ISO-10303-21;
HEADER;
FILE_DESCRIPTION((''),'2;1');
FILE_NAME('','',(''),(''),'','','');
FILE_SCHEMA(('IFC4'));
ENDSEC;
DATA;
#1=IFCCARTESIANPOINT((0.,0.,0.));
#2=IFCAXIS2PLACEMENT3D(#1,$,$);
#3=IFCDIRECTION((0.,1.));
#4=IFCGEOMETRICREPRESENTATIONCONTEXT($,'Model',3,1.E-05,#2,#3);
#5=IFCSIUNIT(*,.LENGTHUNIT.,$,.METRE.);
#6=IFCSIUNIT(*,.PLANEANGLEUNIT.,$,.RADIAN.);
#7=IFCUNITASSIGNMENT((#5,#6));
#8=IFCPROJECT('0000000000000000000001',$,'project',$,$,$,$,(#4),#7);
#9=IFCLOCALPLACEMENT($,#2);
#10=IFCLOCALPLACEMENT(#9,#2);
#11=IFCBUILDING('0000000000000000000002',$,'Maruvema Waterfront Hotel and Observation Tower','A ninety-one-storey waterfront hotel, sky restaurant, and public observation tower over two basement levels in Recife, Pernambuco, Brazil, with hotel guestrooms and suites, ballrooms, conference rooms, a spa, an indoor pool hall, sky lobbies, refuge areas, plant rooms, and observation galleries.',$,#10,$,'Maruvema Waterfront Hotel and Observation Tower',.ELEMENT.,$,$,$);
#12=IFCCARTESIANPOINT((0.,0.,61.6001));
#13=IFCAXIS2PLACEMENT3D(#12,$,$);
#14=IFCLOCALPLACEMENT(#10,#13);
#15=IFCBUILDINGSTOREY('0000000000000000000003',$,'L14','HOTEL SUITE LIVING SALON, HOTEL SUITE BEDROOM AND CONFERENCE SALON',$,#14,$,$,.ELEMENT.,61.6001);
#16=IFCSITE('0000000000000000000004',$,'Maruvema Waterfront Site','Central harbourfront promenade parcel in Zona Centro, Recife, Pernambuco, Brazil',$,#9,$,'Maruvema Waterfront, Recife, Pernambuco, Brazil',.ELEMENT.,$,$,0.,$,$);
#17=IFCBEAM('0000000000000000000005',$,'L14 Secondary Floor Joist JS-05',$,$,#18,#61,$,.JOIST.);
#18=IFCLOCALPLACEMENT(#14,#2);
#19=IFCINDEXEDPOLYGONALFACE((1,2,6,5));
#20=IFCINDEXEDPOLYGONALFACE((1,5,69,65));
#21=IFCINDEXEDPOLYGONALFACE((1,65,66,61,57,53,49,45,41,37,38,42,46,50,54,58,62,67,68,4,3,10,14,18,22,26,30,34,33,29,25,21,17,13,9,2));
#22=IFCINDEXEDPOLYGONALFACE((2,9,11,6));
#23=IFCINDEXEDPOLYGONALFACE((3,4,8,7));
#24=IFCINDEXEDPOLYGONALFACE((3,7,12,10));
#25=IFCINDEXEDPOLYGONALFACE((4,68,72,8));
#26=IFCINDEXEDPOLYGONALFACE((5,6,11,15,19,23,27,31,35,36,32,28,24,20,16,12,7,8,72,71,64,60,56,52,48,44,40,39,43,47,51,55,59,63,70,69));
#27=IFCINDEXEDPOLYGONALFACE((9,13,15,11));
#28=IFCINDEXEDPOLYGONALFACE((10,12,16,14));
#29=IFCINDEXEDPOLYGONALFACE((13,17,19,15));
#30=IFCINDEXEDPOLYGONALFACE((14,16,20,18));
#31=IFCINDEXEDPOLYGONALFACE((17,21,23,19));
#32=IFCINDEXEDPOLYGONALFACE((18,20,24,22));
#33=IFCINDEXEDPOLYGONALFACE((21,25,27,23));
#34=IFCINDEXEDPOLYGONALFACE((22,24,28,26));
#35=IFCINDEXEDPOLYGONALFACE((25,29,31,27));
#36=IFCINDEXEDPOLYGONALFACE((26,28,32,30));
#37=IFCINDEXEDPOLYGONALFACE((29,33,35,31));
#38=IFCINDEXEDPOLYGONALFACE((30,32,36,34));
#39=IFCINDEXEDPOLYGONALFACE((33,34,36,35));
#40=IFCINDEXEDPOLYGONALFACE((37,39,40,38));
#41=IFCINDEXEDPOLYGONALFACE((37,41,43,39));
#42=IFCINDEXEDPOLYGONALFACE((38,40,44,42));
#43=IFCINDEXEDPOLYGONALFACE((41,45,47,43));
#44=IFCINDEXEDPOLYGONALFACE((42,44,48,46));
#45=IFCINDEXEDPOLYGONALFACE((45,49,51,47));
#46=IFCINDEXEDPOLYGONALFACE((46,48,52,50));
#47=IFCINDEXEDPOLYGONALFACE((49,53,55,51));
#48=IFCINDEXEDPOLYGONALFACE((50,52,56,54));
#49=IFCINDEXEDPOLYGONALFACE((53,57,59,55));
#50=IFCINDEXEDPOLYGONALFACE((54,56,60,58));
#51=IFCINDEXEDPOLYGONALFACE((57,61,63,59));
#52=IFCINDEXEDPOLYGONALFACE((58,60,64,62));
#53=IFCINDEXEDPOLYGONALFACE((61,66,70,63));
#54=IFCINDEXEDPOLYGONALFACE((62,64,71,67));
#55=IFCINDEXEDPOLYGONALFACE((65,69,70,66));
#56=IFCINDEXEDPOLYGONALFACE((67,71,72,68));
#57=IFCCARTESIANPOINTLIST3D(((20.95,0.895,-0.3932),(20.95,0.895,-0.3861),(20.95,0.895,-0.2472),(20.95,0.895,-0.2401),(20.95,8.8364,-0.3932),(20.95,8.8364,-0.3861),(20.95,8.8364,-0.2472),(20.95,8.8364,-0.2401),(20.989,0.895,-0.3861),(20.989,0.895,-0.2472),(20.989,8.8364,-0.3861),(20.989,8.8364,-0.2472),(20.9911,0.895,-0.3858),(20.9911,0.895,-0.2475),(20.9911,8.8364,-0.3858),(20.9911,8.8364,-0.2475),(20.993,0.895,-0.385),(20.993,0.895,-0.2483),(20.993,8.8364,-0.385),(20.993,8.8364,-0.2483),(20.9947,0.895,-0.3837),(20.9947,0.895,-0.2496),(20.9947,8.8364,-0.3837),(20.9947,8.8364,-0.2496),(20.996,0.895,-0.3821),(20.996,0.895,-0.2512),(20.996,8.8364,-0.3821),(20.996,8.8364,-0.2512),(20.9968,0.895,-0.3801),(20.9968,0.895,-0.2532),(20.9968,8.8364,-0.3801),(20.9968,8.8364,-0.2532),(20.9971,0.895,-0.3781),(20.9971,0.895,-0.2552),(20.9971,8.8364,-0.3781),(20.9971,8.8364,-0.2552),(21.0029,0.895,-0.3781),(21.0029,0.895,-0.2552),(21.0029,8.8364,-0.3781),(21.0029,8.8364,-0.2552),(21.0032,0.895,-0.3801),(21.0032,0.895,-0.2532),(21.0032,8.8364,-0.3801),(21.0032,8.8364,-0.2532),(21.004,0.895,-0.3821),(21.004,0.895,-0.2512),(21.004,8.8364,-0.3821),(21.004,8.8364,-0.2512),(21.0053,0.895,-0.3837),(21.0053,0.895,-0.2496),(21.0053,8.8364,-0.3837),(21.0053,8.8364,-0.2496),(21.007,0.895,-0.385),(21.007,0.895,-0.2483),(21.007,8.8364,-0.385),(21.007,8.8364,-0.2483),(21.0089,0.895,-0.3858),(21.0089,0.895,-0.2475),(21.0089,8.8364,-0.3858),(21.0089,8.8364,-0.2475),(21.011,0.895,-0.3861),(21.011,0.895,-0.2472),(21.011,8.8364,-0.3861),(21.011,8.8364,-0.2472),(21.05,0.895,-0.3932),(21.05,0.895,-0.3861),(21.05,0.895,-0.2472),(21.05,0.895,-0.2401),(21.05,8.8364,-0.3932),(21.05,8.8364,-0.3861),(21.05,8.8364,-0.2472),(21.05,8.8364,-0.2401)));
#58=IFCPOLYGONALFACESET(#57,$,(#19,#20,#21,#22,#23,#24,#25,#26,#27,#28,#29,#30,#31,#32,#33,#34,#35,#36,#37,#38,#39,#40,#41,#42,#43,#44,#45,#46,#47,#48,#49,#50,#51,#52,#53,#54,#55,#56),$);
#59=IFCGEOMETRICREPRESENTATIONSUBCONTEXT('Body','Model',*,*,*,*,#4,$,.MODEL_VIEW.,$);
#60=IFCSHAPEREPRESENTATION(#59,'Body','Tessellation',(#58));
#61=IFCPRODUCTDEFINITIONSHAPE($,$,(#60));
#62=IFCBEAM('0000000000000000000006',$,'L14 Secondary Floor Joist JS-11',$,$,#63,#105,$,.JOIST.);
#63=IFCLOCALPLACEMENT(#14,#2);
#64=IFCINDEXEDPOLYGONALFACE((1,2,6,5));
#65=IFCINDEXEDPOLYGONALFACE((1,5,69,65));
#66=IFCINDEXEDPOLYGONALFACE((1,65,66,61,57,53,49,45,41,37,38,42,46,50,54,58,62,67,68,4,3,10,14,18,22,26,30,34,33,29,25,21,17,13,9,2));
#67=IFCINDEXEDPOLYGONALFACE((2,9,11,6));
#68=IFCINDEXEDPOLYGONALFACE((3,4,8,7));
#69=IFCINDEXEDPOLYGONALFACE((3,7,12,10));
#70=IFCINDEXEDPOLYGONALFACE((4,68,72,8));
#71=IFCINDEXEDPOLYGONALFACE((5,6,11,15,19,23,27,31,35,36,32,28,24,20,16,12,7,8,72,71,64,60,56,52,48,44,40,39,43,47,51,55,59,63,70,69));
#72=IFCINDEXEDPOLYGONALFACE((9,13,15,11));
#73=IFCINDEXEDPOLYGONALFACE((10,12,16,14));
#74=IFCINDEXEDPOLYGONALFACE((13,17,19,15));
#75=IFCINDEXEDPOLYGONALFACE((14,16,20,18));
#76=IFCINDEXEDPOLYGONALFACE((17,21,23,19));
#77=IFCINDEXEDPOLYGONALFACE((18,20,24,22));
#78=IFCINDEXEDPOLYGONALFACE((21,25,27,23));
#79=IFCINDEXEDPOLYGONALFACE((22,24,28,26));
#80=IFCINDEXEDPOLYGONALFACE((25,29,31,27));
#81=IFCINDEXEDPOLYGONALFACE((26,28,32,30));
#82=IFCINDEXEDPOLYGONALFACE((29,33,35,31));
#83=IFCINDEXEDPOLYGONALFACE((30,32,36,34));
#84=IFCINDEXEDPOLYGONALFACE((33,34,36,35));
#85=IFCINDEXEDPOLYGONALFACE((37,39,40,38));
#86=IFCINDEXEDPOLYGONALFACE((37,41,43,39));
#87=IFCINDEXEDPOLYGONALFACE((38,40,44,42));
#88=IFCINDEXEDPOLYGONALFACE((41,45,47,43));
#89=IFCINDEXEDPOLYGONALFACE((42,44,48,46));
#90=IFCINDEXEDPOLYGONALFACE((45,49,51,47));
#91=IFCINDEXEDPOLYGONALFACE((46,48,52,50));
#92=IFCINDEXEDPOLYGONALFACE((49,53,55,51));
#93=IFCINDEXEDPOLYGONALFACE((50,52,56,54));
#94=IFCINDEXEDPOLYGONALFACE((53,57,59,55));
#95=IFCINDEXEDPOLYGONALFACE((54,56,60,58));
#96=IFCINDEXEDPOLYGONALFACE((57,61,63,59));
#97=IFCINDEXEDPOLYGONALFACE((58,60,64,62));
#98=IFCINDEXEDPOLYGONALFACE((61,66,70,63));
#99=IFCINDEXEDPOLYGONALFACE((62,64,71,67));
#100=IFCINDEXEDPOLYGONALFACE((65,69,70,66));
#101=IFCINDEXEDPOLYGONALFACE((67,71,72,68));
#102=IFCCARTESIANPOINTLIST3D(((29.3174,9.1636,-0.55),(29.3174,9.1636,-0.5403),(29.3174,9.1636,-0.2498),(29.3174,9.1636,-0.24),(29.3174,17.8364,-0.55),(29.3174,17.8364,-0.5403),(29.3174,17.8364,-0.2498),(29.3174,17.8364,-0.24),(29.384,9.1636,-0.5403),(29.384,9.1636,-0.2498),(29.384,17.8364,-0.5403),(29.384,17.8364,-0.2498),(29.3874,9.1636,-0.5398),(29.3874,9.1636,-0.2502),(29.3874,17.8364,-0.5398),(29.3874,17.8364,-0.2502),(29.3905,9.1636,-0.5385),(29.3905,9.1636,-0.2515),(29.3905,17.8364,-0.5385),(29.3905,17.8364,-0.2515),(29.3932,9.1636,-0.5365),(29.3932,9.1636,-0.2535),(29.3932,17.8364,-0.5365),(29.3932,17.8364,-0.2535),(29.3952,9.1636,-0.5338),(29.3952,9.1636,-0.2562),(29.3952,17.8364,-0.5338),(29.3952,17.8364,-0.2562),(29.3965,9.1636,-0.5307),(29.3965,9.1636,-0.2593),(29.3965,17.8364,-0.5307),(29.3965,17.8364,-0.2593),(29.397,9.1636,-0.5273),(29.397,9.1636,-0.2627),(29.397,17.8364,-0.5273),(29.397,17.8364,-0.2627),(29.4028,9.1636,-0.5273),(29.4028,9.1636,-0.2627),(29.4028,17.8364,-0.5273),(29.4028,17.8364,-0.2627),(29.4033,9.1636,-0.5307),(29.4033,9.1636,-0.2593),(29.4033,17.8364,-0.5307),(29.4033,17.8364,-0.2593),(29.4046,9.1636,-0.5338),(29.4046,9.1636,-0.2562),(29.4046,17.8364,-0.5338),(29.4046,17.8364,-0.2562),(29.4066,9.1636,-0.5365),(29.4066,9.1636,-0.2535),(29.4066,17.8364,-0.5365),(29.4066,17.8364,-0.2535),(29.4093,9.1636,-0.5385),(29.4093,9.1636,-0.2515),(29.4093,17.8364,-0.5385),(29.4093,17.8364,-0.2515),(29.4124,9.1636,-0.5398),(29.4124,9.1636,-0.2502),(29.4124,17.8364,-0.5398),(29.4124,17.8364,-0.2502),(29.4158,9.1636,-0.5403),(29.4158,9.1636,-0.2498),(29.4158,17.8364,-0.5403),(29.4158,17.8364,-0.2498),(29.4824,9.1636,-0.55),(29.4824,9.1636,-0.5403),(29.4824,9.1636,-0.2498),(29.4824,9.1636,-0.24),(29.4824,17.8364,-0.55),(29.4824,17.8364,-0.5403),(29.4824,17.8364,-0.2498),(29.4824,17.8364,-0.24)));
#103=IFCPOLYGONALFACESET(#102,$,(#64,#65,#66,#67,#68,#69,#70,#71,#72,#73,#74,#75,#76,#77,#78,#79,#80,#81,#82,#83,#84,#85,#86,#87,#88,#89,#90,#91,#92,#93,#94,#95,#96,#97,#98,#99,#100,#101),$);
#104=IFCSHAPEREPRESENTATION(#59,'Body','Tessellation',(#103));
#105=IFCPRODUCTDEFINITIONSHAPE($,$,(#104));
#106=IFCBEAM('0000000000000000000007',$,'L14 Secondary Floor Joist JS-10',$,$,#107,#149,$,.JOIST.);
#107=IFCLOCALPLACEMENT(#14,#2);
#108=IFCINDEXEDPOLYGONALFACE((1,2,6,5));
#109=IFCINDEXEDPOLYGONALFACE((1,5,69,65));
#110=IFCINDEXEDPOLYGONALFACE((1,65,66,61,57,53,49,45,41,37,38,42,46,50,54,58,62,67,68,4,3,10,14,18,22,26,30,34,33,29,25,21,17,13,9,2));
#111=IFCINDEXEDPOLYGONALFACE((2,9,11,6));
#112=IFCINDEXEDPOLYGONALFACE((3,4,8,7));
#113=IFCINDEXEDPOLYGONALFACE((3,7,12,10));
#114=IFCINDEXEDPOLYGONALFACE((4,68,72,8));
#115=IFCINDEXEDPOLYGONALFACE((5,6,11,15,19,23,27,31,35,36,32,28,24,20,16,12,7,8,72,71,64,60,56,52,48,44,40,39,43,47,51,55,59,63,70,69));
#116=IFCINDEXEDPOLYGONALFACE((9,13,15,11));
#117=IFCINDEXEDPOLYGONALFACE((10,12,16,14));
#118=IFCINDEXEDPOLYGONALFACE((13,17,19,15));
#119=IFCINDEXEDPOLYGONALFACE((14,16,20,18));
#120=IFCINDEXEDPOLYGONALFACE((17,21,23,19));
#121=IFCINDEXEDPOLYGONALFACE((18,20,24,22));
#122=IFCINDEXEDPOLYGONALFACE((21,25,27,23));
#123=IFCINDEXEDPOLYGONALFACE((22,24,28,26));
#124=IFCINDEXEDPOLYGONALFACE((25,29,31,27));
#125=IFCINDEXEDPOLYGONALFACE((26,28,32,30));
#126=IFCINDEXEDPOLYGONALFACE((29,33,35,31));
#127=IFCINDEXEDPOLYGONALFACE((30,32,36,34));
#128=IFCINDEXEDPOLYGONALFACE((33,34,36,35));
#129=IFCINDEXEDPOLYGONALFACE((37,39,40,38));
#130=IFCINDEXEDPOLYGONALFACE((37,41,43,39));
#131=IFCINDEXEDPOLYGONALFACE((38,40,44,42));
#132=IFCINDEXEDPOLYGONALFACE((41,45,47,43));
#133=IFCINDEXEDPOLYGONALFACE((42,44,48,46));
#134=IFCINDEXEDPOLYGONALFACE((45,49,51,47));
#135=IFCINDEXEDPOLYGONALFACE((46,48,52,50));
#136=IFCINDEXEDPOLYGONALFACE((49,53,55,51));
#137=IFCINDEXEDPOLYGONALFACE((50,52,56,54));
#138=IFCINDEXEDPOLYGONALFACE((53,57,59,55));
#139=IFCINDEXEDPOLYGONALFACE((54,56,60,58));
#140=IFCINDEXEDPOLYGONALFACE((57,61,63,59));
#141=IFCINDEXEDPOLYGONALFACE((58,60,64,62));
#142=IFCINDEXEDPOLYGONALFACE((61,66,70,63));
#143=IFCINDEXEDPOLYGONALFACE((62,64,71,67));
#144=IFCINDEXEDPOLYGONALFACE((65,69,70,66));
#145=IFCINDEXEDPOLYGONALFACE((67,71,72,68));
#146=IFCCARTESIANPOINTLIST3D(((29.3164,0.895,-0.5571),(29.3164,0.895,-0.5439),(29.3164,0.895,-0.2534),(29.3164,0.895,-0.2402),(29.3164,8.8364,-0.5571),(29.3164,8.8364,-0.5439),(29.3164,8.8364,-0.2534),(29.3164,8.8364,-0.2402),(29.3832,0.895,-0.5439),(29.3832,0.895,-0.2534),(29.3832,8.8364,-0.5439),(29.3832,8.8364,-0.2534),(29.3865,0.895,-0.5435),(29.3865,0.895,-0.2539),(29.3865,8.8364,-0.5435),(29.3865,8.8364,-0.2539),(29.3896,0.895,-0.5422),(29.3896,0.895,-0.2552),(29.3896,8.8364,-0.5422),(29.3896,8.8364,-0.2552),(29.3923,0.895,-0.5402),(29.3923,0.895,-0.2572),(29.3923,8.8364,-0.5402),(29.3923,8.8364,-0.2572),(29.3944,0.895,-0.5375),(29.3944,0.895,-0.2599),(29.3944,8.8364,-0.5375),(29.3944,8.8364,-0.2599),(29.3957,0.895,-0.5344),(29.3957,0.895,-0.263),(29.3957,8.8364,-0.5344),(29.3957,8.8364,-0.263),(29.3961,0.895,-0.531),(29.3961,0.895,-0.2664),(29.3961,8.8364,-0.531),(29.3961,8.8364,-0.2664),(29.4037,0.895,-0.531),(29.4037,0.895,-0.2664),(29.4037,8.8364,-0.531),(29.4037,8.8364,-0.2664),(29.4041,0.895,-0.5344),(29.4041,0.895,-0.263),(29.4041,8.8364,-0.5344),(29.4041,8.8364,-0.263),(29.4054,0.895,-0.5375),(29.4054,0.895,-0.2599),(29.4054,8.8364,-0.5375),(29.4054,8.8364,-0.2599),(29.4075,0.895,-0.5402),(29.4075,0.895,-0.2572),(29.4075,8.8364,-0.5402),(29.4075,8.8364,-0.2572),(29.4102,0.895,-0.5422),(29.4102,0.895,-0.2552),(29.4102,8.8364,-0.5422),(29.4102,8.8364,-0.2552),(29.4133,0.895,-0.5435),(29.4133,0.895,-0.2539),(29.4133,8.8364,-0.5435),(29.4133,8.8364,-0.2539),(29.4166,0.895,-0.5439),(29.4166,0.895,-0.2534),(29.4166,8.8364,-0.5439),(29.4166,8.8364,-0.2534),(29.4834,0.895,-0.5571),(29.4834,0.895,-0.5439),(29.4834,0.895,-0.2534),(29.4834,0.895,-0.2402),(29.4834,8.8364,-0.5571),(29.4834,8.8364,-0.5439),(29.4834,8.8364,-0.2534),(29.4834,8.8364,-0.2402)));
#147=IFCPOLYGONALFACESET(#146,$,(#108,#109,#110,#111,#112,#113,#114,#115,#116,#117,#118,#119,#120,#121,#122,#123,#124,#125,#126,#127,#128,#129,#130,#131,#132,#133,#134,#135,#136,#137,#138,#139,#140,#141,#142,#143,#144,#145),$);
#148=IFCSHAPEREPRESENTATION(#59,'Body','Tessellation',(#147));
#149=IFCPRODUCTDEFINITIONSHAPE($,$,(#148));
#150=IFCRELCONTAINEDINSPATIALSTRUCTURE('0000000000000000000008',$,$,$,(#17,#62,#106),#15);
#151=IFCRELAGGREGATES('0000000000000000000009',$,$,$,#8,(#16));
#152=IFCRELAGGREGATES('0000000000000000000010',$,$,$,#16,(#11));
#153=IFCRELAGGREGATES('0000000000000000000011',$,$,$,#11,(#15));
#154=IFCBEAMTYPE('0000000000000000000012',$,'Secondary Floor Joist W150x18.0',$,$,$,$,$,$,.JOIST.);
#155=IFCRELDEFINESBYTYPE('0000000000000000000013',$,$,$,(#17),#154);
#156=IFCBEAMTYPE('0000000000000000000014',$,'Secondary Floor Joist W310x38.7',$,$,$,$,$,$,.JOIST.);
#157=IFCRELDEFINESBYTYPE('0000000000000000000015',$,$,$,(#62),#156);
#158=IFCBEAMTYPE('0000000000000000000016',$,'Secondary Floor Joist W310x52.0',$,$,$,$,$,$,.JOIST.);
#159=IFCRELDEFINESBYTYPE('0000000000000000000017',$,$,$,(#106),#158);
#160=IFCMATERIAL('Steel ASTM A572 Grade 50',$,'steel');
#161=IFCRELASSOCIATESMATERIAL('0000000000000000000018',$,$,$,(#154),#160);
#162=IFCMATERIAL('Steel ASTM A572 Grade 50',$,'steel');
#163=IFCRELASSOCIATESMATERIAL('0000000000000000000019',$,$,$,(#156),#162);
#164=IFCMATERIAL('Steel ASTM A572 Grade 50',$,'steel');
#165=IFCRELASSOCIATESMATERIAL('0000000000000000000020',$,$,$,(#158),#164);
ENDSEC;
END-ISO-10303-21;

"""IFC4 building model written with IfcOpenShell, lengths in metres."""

from ifc_helpers import new_model, si_unit, direction, frame, origin, origin_2d, place, context, subcontext, project, spatial, i_section, extrude, material, material_profile, profile_set, type_object, element, save


model = new_model("IFC4")

# Units and contexts
model_context = context("Model", 3, precision=1e-05, world=origin(), true_north=direction((0.0, 1.0)))
body_context = subcontext(model_context, "Body", "Model", "MODEL_VIEW")
ifc_project = project(units=[si_unit("LENGTHUNIT", "METRE"), si_unit("PLANEANGLEUNIT", "RADIAN")], contexts=[model_context])

# Site, building, storey
site_placement = place(None, origin())
site = spatial("IfcSite", under=ifc_project, at=site_placement, Name="Maruvema Waterfront Site", Description="Central harbourfront promenade parcel in Zona Centro, Recife, Pernambuco, Brazil", LongName="Maruvema Waterfront, Recife, Pernambuco, Brazil", CompositionType="ELEMENT", RefElevation=0.0)
building_placement = place(site_placement, origin())
building = spatial("IfcBuilding", under=site, at=building_placement, Name="Maruvema Waterfront Hotel and Observation Tower", Description="A ninety-one-storey waterfront hotel, sky restaurant, and public observation tower over two basement levels in Recife, Pernambuco, Brazil, with hotel guestrooms and suites, ballrooms, conference rooms, a spa, an indoor pool hall, sky lobbies, refuge areas, plant rooms, and observation galleries.", LongName="Maruvema Waterfront Hotel and Observation Tower", CompositionType="ELEMENT")
storey_placement = place(building_placement, frame((0.0, 0.0, 61.6001)))
storey = spatial("IfcBuildingStorey", under=building, at=storey_placement, Name="L14", Description="HOTEL SUITE LIVING SALON, HOTEL SUITE BEDROOM AND CONFERENCE SALON", CompositionType="ELEMENT", Elevation=61.6001)

# Beams
ifc_material_1 = material(Name="Steel ASTM A572 Grade 50", Category="steel")
ifc_material_profile_1 = material_profile(ifc_material_1, i_section(OverallWidth=0.1001, OverallDepth=0.1531, WebThickness=0.0059, FlangeThickness=0.0071, FilletRadius=0.0081, at=origin_2d()), Name="W150x18.0")
ifc_profile_set_1 = profile_set([ifc_material_profile_1], Name="Steel ASTM A572 Grade 50")
beam_type_1 = type_object("IfcBeamType", Name="Secondary Floor Joist W150x18.0", PredefinedType="JOIST", material=ifc_profile_set_1)
beam_1_placement = place(storey_placement, frame((21.0, 0.895, -0.3167), z_axis=(0.0, 1.0, 0.0), x_axis=(-1.0, 0.0, 0.0)))
element("IfcBeam", 1, at=beam_1_placement, inside=storey, type_object=beam_type_1, Name="L14 Secondary Floor Joist JS-05", PredefinedType="JOIST", context=body_context, shape_type="SweptSolid", body=[
    extrude(i_section(OverallWidth=0.1001, OverallDepth=0.1531, WebThickness=0.0059, FlangeThickness=0.0071, FilletRadius=0.0081, at=origin_2d()), origin(), (0.0, 0.0, 1.0), 7.9414),
])
ifc_material_2 = material(Name="Steel ASTM A572 Grade 50", Category="steel")
ifc_material_profile_2 = material_profile(ifc_material_2, i_section(OverallWidth=0.165, OverallDepth=0.3101, WebThickness=0.0059, FlangeThickness=0.0098, FilletRadius=0.0129, at=origin_2d()), Name="W310x38.7")
ifc_profile_set_2 = profile_set([ifc_material_profile_2], Name="Steel ASTM A572 Grade 50")
beam_type_2 = type_object("IfcBeamType", Name="Secondary Floor Joist W310x38.7", PredefinedType="JOIST", material=ifc_profile_set_2)
beam_2_placement = place(storey_placement, frame((29.3999, 9.1636, -0.395), z_axis=(0.0, 1.0, 0.0), x_axis=(-1.0, 0.0, 0.0)))
element("IfcBeam", 2, at=beam_2_placement, inside=storey, type_object=beam_type_2, Name="L14 Secondary Floor Joist JS-11", PredefinedType="JOIST", context=body_context, shape_type="SweptSolid", body=[
    extrude(i_section(OverallWidth=0.165, OverallDepth=0.3101, WebThickness=0.0059, FlangeThickness=0.0098, FilletRadius=0.0129, at=origin_2d()), origin(), (0.0, 0.0, 1.0), 8.6729),
])
ifc_material_3 = material(Name="Steel ASTM A572 Grade 50", Category="steel")
ifc_material_profile_3 = material_profile(ifc_material_3, i_section(OverallWidth=0.167, OverallDepth=0.3169, WebThickness=0.0076, FlangeThickness=0.0132, FilletRadius=0.0129, at=origin_2d()), Name="W310x52.0")
ifc_profile_set_3 = profile_set([ifc_material_profile_3], Name="Steel ASTM A572 Grade 50")
beam_type_3 = type_object("IfcBeamType", Name="Secondary Floor Joist W310x52.0", PredefinedType="JOIST", material=ifc_profile_set_3)
beam_3_placement = place(storey_placement, frame((29.3999, 0.895, -0.3987), z_axis=(0.0, 1.0, 0.0), x_axis=(-1.0, 0.0, 0.0)))
element("IfcBeam", 3, at=beam_3_placement, inside=storey, type_object=beam_type_3, Name="L14 Secondary Floor Joist JS-10", PredefinedType="JOIST", context=body_context, shape_type="SweptSolid", body=[
    extrude(i_section(OverallWidth=0.167, OverallDepth=0.3169, WebThickness=0.0076, FlangeThickness=0.0132, FilletRadius=0.0129, at=origin_2d()), origin(), (0.0, 0.0, 1.0), 7.9414),
])

save(model, "model.ifc")
